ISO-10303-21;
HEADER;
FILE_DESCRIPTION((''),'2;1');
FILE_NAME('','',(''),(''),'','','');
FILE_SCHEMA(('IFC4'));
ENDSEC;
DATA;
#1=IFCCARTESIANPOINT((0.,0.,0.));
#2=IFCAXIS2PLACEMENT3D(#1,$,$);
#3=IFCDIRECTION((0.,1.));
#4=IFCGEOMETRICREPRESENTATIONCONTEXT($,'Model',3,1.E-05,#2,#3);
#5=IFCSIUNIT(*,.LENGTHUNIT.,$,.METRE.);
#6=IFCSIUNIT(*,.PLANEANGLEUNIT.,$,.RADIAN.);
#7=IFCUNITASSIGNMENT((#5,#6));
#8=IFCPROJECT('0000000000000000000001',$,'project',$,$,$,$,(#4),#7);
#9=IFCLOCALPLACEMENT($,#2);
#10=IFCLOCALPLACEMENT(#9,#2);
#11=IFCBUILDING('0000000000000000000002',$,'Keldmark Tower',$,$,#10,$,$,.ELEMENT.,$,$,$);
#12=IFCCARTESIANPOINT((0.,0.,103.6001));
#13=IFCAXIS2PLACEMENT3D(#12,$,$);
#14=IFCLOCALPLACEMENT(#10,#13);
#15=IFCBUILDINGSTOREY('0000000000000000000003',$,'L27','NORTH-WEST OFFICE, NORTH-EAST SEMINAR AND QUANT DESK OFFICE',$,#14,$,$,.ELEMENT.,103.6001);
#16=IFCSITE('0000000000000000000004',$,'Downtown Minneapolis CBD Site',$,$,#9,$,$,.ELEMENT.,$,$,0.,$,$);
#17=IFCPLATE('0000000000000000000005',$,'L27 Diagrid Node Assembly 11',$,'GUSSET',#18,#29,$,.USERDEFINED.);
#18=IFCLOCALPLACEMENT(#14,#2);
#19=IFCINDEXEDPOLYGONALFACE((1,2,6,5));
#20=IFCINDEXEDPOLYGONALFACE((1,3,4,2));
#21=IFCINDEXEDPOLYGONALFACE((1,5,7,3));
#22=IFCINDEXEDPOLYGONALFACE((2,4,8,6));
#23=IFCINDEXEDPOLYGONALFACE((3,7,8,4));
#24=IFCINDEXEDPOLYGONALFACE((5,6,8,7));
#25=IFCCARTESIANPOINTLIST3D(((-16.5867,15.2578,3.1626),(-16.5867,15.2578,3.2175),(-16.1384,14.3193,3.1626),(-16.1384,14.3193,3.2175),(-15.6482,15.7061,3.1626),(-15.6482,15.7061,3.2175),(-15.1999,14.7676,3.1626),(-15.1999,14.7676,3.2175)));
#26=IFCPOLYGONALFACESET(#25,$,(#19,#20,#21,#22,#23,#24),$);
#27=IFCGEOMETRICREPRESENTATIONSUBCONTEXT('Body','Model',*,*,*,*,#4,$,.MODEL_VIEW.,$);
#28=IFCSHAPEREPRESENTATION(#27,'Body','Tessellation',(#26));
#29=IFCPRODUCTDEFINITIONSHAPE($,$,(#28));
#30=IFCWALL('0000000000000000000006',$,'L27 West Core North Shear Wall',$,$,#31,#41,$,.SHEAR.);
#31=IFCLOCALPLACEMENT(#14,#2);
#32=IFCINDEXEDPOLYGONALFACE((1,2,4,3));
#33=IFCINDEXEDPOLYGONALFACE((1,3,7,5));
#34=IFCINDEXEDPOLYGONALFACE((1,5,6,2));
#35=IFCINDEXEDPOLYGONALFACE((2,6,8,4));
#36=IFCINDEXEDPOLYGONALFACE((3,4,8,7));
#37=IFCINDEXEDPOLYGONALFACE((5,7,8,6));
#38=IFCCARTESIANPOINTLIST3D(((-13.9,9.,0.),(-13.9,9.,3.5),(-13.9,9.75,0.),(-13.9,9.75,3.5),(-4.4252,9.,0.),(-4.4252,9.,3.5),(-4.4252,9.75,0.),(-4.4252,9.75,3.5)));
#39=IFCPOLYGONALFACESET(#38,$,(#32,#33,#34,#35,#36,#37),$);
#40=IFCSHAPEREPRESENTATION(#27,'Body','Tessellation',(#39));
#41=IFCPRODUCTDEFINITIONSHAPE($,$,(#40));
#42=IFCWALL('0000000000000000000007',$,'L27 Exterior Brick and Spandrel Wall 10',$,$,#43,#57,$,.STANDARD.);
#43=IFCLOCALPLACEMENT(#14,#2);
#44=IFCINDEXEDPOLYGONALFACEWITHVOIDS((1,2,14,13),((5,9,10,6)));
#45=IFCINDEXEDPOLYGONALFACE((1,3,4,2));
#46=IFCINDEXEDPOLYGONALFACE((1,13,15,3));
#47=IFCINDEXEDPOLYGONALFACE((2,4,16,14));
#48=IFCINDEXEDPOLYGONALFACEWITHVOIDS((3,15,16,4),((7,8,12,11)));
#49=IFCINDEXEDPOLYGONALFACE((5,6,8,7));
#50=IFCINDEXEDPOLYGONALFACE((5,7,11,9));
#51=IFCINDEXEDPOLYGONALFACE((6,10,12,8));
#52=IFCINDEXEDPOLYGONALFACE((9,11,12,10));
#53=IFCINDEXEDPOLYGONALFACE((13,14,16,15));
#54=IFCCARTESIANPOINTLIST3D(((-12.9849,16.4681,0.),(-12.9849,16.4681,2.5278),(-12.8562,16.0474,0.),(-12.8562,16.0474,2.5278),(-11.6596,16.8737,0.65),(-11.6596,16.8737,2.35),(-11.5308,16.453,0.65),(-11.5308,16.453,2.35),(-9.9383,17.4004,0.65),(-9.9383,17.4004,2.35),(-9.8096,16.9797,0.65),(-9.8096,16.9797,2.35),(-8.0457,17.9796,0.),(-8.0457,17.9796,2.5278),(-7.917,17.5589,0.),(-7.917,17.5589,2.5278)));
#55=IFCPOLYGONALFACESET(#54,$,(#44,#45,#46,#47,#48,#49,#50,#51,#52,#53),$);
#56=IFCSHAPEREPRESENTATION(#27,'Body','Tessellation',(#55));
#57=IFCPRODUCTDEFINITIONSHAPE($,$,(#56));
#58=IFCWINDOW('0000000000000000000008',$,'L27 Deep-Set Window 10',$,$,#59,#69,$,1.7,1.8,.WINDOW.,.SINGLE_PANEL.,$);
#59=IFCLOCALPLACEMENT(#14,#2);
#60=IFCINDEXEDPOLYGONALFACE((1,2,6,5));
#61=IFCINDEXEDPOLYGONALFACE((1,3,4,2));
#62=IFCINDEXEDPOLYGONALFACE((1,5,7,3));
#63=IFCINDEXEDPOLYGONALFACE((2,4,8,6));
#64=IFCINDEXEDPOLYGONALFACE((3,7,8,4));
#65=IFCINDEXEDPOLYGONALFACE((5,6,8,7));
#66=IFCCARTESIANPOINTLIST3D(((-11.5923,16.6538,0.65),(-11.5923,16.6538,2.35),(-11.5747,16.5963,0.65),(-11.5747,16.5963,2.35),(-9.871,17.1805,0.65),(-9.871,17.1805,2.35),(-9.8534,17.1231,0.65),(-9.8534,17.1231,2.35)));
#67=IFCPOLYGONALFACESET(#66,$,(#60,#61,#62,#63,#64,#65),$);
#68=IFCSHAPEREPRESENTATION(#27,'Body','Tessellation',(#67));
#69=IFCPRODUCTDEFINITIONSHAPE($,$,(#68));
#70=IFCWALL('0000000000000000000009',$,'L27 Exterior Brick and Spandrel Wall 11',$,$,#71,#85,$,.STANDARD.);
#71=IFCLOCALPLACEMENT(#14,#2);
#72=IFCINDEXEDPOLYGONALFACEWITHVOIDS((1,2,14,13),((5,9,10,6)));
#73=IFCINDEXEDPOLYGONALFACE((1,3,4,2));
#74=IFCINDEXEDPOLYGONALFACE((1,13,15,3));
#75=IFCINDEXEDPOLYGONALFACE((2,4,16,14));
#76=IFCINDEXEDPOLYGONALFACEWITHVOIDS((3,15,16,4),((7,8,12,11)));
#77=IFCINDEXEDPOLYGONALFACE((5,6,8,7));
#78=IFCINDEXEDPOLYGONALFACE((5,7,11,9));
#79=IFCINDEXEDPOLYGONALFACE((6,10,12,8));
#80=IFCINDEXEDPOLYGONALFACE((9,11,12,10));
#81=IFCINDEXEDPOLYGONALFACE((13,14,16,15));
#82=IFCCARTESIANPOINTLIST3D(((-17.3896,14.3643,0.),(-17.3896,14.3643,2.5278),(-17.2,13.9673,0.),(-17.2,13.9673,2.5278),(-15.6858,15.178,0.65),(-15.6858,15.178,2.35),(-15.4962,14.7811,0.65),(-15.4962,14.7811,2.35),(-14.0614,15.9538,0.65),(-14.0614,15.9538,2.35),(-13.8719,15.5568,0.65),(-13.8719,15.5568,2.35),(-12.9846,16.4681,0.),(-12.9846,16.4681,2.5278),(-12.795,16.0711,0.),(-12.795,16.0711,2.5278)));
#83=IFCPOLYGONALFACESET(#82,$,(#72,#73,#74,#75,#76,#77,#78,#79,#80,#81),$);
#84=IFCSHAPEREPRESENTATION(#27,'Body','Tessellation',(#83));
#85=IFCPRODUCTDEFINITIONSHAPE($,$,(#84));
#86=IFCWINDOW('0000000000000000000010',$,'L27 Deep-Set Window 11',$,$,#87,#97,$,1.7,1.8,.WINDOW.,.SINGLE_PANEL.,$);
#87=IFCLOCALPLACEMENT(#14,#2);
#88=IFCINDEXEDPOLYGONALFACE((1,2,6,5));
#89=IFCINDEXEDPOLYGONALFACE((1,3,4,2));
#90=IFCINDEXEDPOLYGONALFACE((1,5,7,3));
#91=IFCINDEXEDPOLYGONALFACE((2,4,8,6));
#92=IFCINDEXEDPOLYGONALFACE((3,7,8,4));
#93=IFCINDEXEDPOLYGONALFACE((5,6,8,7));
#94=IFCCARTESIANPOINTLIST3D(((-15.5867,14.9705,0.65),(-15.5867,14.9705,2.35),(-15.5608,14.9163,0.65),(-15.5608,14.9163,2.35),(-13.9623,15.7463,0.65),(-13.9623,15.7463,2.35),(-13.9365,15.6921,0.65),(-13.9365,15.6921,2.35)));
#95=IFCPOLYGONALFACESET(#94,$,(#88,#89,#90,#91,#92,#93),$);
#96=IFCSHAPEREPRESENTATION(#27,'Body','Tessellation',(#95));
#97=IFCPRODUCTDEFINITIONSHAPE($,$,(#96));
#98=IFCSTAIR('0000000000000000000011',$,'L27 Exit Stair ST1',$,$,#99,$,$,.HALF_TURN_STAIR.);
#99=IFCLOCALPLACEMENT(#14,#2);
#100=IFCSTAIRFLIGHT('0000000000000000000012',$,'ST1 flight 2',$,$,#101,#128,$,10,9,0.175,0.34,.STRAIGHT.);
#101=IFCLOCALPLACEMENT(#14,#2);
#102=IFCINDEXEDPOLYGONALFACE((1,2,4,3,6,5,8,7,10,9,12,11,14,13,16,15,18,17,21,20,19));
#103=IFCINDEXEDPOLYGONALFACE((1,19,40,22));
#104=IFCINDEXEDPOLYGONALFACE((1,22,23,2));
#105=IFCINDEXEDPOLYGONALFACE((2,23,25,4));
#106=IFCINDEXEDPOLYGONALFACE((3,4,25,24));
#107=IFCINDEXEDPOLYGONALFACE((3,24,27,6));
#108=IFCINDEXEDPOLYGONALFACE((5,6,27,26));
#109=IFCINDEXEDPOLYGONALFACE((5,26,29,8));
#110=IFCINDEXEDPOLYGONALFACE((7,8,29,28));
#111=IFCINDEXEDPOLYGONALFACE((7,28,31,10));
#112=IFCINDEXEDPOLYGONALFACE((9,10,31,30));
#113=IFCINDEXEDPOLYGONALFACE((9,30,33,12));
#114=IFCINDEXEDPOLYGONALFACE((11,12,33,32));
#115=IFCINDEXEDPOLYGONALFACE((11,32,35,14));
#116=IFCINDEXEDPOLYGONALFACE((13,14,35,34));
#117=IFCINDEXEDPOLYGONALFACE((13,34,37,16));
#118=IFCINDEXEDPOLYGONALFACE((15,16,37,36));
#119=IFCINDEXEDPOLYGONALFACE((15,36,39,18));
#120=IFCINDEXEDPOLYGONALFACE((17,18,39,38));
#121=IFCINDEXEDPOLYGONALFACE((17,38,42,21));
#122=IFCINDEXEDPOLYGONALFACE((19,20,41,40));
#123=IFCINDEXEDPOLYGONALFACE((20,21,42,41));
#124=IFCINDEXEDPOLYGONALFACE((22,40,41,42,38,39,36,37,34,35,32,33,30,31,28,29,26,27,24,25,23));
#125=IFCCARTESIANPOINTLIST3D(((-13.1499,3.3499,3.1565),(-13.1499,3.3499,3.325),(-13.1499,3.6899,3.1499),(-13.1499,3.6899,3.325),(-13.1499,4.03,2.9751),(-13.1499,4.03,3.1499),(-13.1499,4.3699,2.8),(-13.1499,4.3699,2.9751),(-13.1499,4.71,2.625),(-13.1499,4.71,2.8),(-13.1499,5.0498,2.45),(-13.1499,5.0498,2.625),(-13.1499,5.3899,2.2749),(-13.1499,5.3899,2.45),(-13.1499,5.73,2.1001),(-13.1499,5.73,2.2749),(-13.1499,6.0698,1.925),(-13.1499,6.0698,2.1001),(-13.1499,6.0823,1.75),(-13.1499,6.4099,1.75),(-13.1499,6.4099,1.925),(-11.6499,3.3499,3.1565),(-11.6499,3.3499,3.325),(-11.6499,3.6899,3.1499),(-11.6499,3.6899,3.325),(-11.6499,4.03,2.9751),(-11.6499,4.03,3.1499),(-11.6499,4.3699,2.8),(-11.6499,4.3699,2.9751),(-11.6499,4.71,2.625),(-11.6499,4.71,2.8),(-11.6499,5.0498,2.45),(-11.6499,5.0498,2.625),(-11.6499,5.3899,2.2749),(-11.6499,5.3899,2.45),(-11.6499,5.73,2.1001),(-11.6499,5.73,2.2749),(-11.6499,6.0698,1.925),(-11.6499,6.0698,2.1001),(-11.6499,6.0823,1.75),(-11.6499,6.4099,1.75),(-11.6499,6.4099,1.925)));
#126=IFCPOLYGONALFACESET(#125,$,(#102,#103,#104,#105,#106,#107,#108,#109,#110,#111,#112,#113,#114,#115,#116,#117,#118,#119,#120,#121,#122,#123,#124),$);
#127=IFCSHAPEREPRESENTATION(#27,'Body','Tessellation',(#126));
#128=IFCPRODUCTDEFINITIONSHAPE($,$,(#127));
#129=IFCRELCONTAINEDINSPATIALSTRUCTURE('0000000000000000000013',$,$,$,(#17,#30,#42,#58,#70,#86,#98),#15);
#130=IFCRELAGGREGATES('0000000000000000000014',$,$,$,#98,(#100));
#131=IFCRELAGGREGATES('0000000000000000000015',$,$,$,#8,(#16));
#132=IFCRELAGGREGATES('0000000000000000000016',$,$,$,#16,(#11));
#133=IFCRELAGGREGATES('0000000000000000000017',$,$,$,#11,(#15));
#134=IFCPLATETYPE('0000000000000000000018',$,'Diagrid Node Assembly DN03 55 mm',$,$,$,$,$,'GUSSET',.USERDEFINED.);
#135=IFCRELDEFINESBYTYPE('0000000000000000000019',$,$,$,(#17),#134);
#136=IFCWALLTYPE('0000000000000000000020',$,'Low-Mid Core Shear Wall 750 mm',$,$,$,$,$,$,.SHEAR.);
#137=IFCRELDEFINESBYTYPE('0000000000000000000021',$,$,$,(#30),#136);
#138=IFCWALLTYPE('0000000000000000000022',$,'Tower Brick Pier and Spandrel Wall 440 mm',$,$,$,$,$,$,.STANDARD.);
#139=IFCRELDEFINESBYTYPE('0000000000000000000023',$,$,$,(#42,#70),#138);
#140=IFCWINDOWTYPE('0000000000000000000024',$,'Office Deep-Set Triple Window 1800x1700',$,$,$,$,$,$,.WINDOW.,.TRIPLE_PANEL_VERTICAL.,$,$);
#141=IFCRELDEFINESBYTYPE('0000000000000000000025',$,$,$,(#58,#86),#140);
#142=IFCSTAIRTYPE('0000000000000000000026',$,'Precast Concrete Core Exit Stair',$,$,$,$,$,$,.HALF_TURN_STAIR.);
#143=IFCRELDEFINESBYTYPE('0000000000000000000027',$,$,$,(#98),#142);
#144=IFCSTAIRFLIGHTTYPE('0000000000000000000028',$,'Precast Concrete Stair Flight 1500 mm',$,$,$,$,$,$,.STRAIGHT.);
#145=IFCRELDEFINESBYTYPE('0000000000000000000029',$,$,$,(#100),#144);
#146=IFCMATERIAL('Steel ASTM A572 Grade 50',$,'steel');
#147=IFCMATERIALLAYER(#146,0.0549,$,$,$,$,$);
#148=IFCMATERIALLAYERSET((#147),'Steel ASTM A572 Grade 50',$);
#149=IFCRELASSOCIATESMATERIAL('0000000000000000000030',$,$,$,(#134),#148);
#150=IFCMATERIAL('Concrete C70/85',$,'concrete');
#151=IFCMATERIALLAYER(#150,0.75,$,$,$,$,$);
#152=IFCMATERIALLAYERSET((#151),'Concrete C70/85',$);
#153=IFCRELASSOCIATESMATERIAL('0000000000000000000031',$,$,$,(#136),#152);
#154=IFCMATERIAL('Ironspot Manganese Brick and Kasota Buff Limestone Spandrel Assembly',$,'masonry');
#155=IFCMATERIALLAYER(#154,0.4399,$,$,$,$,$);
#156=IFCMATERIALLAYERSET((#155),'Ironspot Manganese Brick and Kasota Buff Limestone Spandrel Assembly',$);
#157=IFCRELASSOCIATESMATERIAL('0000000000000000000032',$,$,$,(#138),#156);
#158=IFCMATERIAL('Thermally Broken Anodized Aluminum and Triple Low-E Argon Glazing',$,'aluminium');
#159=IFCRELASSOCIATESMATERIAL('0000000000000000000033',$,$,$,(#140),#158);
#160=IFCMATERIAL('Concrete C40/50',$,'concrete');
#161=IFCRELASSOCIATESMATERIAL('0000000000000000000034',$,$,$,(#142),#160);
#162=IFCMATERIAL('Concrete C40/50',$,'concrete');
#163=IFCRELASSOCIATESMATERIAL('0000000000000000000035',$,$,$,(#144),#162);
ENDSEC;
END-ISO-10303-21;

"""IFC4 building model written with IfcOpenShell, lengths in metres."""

from ifc_helpers import new_model, si_unit, direction, frame, frame_2d, origin, origin_2d, place, context, subcontext, project, spatial, polyline, rectangle, outline, extrude, material, layer, layer_set, type_object, element, fill, aggregate, save


model = new_model("IFC4")

# Units and contexts
model_context = context("Model", 3, precision=1e-05, world=origin(), true_north=direction((0.0, 1.0)))
body_context = subcontext(model_context, "Body", "Model", "MODEL_VIEW")
ifc_project = project(units=[si_unit("LENGTHUNIT", "METRE"), si_unit("PLANEANGLEUNIT", "RADIAN")], contexts=[model_context])

# Site, building, storey
site_placement = place(None, origin())
site = spatial("IfcSite", under=ifc_project, at=site_placement, Name="Downtown Minneapolis CBD Site", CompositionType="ELEMENT", RefElevation=0.0)
building_placement = place(site_placement, origin())
building = spatial("IfcBuilding", under=site, at=building_placement, Name="Keldmark Tower", CompositionType="ELEMENT")
storey_placement = place(building_placement, frame((0.0, 0.0, 103.6001)))
storey = spatial("IfcBuildingStorey", under=building, at=storey_placement, Name="L27", Description="NORTH-WEST OFFICE, NORTH-EAST SEMINAR AND QUANT DESK OFFICE", CompositionType="ELEMENT", Elevation=103.6001)

# Plate
ifc_material_1 = material(Name="Steel ASTM A572 Grade 50", Category="steel")
ifc_layer_1 = layer(ifc_material_1, 0.0549)
ifc_layer_set_1 = layer_set([ifc_layer_1], Name="Steel ASTM A572 Grade 50")
plate_type_1 = type_object("IfcPlateType", Name="Diagrid Node Assembly DN03 55 mm", ElementType="GUSSET", PredefinedType="USERDEFINED", material=ifc_layer_set_1)
plate_placement = place(storey_placement, frame((-15.8933, 15.0127, 3.1626), z_axis=(0.0, 0.0, 1.0), x_axis=(-0.90236, -0.430984, 0.0)))
element("IfcPlate", 1, at=plate_placement, inside=storey, type_object=plate_type_1, Name="L27 Diagrid Node Assembly 11", ObjectType="GUSSET", PredefinedType="USERDEFINED", context=body_context, shape_type="SweptSolid", body=[
    extrude(rectangle(XDim=1.04, YDim=1.04, at=origin_2d()), origin(), (0.0, 0.0, 1.0), 0.0549),
])

# Wall
ifc_material_2 = material(Name="Concrete C70/85", Category="concrete")
ifc_layer_2 = layer(ifc_material_2, 0.75)
ifc_layer_set_2 = layer_set([ifc_layer_2], Name="Concrete C70/85")
wall_type_1 = type_object("IfcWallType", Name="Low-Mid Core Shear Wall 750 mm", PredefinedType="SHEAR", material=ifc_layer_set_2)
wall_1_placement = place(storey_placement, frame((-13.8999, 9.375, 0.0), z_axis=(0.0, 0.0, 1.0), x_axis=(1.0, 0.0, 0.0)))
element("IfcWall", 2, at=wall_1_placement, inside=storey, type_object=wall_type_1, Name="L27 West Core North Shear Wall", PredefinedType="SHEAR", context=body_context, shape_type="SweptSolid", body=[
    extrude(rectangle(XDim=9.4749, YDim=0.75, at=frame_2d((4.7373, 0.0))), origin(), (0.0, 0.0, 1.0), 3.5),
])

# Walls, openings, windows
ifc_material_3 = material(Name="Ironspot Manganese Brick and Kasota Buff Limestone Spandrel Assembly", Category="masonry")
ifc_layer_3 = layer(ifc_material_3, 0.4399)
ifc_layer_set_3 = layer_set([ifc_layer_3], Name="Ironspot Manganese Brick and Kasota Buff Limestone Spandrel Assembly")
wall_type_2 = type_object("IfcWallType", Name="Tower Brick Pier and Spandrel Wall 440 mm", PredefinedType="STANDARD", material=ifc_layer_set_3)
wall_2_placement = place(storey_placement, frame((-12.9204, 16.2578, 0.0), z_axis=(0.0, 0.0, 1.0), x_axis=(0.956229, 0.292621, 0.0)))
wall_2 = element("IfcWall", 3, at=wall_2_placement, inside=storey, type_object=wall_type_2, Name="L27 Exterior Brick and Spandrel Wall 10", PredefinedType="STANDARD", context=body_context, shape_type="SweptSolid", body=[
    extrude(rectangle(XDim=5.1653, YDim=0.4399, at=frame_2d((2.5825, 0.0))), origin(), (0.0, 0.0, 1.0), 2.5278),
])
opening_1_placement = place(wall_2_placement, frame((1.386, 0.0, 0.6499)))
opening_1 = element("IfcOpeningElement", 4, at=opening_1_placement, cuts=wall_2, PredefinedType="OPENING", context=body_context, shape_type="SweptSolid", body=[
    extrude(rectangle(XDim=1.8, YDim=1.7, at=frame_2d((0.8999, 0.8501))), frame((0.0, 0.23, 0.0), z_axis=(0.0, -1.0, 0.0), x_axis=(1.0, 0.0, 0.0)), (0.0, 0.0, 1.0), 0.46),
])
ifc_material_4 = material(Name="Thermally Broken Anodized Aluminum and Triple Low-E Argon Glazing", Category="aluminium")
window_type = type_object("IfcWindowType", Name="Office Deep-Set Triple Window 1800x1700", PartitioningType="TRIPLE_PANEL_VERTICAL", PredefinedType="WINDOW", material=ifc_material_4)
window_1_placement = place(opening_1_placement, origin())
window_1 = element("IfcWindow", 5, at=window_1_placement, inside=storey, type_object=window_type, Name="L27 Deep-Set Window 10", OverallHeight=1.7, OverallWidth=1.8, PartitioningType="SINGLE_PANEL", PredefinedType="WINDOW", context=body_context, shape_type="SweptSolid", body=[
    extrude(rectangle(XDim=1.8, YDim=1.7, at=frame_2d((0.8999, 0.8501))), frame((0.0, -0.01, 0.0), z_axis=(0.0, -1.0, 0.0), x_axis=(1.0, 0.0, 0.0)), (0.0, 0.0, 1.0), 0.0601),
])
fill(opening_1, window_1)
wall_3_placement = place(storey_placement, frame((-17.2949, 14.1658, 0.0), z_axis=(0.0, 0.0, 1.0), x_axis=(0.902373, 0.430956, 0.0)))
wall_3 = element("IfcWall", 6, at=wall_3_placement, inside=storey, type_object=wall_type_2, Name="L27 Exterior Brick and Spandrel Wall 11", PredefinedType="STANDARD", context=body_context, shape_type="SweptSolid", body=[
    extrude(rectangle(XDim=4.8816, YDim=0.4399, at=frame_2d((2.4409, 0.0))), origin(), (0.0, 0.0, 1.0), 2.5278),
])
opening_2_placement = place(wall_3_placement, frame((1.8884, 0.0, 0.6499)))
opening_2 = element("IfcOpeningElement", 7, at=opening_2_placement, cuts=wall_3, PredefinedType="OPENING", context=body_context, shape_type="SweptSolid", body=[
    extrude(rectangle(XDim=1.8, YDim=1.7, at=frame_2d((0.8999, 0.8501))), frame((0.0, 0.23, 0.0), z_axis=(0.0, -1.0, 0.0), x_axis=(1.0, 0.0, 0.0)), (0.0, 0.0, 1.0), 0.46),
])
window_2_placement = place(opening_2_placement, origin())
window_2 = element("IfcWindow", 8, at=window_2_placement, inside=storey, type_object=window_type, Name="L27 Deep-Set Window 11", OverallHeight=1.7, OverallWidth=1.8, PartitioningType="SINGLE_PANEL", PredefinedType="WINDOW", context=body_context, shape_type="SweptSolid", body=[
    extrude(rectangle(XDim=1.8, YDim=1.7, at=frame_2d((0.8999, 0.8501))), frame((0.0, -0.01, 0.0), z_axis=(0.0, -1.0, 0.0), x_axis=(1.0, 0.0, 0.0)), (0.0, 0.0, 1.0), 0.0601),
])
fill(opening_2, window_2)

# Stair, stair flight
ifc_material_5 = material(Name="Concrete C40/50", Category="concrete")
stair_type = type_object("IfcStairType", Name="Precast Concrete Core Exit Stair", PredefinedType="HALF_TURN_STAIR", material=ifc_material_5)
stair_placement = place(storey_placement, origin())
stair = element("IfcStair", 9, at=stair_placement, inside=storey, type_object=stair_type, Name="L27 Exit Stair ST1", PredefinedType="HALF_TURN_STAIR")
ifc_material_6 = material(Name="Concrete C40/50", Category="concrete")
stair_flight_type = type_object("IfcStairFlightType", Name="Precast Concrete Stair Flight 1500 mm", PredefinedType="STRAIGHT", material=ifc_material_6)
stair_flight_placement = place(storey_placement, frame((-12.3999, 6.4099, 1.75), z_axis=(0.0, 0.0, 1.0), x_axis=(0.0, -1.0, 0.0)))
stair_flight = element("IfcStairFlight", 10, at=stair_flight_placement, type_object=stair_flight_type, Name="ST1 flight 2", NumberOfRisers=10, NumberOfTreads=9, PredefinedType="STRAIGHT", RiserHeight=0.175, TreadLength=0.34, context=body_context, shape_type="SweptSolid", body=[
    extrude(outline(polyline([(0.0, 0.0), (0.0, 0.175), (0.3401, 0.175), (0.3401, 0.3501), (0.6799, 0.3501), (0.6799, 0.5249), (1.02, 0.5249), (1.02, 0.7), (1.3601, 0.7), (1.3601, 0.875), (1.7, 0.875), (1.7, 1.05), (2.04, 1.05), (2.04, 1.2251), (2.3799, 1.2251), (2.3799, 1.3999), (2.72, 1.3999), (2.72, 1.575), (3.0601, 1.575), (3.0601, 1.75), (3.0601, 1.4065), (0.3276, 0.0), (0.0, 0.0)])), frame((0.0, 0.75, 0.0), z_axis=(0.0, -1.0, 0.0), x_axis=(1.0, 0.0, 0.0)), (0.0, 0.0, 1.0), 1.5),
])
aggregate(stair, [stair_flight])

save(model, "model.ifc")
